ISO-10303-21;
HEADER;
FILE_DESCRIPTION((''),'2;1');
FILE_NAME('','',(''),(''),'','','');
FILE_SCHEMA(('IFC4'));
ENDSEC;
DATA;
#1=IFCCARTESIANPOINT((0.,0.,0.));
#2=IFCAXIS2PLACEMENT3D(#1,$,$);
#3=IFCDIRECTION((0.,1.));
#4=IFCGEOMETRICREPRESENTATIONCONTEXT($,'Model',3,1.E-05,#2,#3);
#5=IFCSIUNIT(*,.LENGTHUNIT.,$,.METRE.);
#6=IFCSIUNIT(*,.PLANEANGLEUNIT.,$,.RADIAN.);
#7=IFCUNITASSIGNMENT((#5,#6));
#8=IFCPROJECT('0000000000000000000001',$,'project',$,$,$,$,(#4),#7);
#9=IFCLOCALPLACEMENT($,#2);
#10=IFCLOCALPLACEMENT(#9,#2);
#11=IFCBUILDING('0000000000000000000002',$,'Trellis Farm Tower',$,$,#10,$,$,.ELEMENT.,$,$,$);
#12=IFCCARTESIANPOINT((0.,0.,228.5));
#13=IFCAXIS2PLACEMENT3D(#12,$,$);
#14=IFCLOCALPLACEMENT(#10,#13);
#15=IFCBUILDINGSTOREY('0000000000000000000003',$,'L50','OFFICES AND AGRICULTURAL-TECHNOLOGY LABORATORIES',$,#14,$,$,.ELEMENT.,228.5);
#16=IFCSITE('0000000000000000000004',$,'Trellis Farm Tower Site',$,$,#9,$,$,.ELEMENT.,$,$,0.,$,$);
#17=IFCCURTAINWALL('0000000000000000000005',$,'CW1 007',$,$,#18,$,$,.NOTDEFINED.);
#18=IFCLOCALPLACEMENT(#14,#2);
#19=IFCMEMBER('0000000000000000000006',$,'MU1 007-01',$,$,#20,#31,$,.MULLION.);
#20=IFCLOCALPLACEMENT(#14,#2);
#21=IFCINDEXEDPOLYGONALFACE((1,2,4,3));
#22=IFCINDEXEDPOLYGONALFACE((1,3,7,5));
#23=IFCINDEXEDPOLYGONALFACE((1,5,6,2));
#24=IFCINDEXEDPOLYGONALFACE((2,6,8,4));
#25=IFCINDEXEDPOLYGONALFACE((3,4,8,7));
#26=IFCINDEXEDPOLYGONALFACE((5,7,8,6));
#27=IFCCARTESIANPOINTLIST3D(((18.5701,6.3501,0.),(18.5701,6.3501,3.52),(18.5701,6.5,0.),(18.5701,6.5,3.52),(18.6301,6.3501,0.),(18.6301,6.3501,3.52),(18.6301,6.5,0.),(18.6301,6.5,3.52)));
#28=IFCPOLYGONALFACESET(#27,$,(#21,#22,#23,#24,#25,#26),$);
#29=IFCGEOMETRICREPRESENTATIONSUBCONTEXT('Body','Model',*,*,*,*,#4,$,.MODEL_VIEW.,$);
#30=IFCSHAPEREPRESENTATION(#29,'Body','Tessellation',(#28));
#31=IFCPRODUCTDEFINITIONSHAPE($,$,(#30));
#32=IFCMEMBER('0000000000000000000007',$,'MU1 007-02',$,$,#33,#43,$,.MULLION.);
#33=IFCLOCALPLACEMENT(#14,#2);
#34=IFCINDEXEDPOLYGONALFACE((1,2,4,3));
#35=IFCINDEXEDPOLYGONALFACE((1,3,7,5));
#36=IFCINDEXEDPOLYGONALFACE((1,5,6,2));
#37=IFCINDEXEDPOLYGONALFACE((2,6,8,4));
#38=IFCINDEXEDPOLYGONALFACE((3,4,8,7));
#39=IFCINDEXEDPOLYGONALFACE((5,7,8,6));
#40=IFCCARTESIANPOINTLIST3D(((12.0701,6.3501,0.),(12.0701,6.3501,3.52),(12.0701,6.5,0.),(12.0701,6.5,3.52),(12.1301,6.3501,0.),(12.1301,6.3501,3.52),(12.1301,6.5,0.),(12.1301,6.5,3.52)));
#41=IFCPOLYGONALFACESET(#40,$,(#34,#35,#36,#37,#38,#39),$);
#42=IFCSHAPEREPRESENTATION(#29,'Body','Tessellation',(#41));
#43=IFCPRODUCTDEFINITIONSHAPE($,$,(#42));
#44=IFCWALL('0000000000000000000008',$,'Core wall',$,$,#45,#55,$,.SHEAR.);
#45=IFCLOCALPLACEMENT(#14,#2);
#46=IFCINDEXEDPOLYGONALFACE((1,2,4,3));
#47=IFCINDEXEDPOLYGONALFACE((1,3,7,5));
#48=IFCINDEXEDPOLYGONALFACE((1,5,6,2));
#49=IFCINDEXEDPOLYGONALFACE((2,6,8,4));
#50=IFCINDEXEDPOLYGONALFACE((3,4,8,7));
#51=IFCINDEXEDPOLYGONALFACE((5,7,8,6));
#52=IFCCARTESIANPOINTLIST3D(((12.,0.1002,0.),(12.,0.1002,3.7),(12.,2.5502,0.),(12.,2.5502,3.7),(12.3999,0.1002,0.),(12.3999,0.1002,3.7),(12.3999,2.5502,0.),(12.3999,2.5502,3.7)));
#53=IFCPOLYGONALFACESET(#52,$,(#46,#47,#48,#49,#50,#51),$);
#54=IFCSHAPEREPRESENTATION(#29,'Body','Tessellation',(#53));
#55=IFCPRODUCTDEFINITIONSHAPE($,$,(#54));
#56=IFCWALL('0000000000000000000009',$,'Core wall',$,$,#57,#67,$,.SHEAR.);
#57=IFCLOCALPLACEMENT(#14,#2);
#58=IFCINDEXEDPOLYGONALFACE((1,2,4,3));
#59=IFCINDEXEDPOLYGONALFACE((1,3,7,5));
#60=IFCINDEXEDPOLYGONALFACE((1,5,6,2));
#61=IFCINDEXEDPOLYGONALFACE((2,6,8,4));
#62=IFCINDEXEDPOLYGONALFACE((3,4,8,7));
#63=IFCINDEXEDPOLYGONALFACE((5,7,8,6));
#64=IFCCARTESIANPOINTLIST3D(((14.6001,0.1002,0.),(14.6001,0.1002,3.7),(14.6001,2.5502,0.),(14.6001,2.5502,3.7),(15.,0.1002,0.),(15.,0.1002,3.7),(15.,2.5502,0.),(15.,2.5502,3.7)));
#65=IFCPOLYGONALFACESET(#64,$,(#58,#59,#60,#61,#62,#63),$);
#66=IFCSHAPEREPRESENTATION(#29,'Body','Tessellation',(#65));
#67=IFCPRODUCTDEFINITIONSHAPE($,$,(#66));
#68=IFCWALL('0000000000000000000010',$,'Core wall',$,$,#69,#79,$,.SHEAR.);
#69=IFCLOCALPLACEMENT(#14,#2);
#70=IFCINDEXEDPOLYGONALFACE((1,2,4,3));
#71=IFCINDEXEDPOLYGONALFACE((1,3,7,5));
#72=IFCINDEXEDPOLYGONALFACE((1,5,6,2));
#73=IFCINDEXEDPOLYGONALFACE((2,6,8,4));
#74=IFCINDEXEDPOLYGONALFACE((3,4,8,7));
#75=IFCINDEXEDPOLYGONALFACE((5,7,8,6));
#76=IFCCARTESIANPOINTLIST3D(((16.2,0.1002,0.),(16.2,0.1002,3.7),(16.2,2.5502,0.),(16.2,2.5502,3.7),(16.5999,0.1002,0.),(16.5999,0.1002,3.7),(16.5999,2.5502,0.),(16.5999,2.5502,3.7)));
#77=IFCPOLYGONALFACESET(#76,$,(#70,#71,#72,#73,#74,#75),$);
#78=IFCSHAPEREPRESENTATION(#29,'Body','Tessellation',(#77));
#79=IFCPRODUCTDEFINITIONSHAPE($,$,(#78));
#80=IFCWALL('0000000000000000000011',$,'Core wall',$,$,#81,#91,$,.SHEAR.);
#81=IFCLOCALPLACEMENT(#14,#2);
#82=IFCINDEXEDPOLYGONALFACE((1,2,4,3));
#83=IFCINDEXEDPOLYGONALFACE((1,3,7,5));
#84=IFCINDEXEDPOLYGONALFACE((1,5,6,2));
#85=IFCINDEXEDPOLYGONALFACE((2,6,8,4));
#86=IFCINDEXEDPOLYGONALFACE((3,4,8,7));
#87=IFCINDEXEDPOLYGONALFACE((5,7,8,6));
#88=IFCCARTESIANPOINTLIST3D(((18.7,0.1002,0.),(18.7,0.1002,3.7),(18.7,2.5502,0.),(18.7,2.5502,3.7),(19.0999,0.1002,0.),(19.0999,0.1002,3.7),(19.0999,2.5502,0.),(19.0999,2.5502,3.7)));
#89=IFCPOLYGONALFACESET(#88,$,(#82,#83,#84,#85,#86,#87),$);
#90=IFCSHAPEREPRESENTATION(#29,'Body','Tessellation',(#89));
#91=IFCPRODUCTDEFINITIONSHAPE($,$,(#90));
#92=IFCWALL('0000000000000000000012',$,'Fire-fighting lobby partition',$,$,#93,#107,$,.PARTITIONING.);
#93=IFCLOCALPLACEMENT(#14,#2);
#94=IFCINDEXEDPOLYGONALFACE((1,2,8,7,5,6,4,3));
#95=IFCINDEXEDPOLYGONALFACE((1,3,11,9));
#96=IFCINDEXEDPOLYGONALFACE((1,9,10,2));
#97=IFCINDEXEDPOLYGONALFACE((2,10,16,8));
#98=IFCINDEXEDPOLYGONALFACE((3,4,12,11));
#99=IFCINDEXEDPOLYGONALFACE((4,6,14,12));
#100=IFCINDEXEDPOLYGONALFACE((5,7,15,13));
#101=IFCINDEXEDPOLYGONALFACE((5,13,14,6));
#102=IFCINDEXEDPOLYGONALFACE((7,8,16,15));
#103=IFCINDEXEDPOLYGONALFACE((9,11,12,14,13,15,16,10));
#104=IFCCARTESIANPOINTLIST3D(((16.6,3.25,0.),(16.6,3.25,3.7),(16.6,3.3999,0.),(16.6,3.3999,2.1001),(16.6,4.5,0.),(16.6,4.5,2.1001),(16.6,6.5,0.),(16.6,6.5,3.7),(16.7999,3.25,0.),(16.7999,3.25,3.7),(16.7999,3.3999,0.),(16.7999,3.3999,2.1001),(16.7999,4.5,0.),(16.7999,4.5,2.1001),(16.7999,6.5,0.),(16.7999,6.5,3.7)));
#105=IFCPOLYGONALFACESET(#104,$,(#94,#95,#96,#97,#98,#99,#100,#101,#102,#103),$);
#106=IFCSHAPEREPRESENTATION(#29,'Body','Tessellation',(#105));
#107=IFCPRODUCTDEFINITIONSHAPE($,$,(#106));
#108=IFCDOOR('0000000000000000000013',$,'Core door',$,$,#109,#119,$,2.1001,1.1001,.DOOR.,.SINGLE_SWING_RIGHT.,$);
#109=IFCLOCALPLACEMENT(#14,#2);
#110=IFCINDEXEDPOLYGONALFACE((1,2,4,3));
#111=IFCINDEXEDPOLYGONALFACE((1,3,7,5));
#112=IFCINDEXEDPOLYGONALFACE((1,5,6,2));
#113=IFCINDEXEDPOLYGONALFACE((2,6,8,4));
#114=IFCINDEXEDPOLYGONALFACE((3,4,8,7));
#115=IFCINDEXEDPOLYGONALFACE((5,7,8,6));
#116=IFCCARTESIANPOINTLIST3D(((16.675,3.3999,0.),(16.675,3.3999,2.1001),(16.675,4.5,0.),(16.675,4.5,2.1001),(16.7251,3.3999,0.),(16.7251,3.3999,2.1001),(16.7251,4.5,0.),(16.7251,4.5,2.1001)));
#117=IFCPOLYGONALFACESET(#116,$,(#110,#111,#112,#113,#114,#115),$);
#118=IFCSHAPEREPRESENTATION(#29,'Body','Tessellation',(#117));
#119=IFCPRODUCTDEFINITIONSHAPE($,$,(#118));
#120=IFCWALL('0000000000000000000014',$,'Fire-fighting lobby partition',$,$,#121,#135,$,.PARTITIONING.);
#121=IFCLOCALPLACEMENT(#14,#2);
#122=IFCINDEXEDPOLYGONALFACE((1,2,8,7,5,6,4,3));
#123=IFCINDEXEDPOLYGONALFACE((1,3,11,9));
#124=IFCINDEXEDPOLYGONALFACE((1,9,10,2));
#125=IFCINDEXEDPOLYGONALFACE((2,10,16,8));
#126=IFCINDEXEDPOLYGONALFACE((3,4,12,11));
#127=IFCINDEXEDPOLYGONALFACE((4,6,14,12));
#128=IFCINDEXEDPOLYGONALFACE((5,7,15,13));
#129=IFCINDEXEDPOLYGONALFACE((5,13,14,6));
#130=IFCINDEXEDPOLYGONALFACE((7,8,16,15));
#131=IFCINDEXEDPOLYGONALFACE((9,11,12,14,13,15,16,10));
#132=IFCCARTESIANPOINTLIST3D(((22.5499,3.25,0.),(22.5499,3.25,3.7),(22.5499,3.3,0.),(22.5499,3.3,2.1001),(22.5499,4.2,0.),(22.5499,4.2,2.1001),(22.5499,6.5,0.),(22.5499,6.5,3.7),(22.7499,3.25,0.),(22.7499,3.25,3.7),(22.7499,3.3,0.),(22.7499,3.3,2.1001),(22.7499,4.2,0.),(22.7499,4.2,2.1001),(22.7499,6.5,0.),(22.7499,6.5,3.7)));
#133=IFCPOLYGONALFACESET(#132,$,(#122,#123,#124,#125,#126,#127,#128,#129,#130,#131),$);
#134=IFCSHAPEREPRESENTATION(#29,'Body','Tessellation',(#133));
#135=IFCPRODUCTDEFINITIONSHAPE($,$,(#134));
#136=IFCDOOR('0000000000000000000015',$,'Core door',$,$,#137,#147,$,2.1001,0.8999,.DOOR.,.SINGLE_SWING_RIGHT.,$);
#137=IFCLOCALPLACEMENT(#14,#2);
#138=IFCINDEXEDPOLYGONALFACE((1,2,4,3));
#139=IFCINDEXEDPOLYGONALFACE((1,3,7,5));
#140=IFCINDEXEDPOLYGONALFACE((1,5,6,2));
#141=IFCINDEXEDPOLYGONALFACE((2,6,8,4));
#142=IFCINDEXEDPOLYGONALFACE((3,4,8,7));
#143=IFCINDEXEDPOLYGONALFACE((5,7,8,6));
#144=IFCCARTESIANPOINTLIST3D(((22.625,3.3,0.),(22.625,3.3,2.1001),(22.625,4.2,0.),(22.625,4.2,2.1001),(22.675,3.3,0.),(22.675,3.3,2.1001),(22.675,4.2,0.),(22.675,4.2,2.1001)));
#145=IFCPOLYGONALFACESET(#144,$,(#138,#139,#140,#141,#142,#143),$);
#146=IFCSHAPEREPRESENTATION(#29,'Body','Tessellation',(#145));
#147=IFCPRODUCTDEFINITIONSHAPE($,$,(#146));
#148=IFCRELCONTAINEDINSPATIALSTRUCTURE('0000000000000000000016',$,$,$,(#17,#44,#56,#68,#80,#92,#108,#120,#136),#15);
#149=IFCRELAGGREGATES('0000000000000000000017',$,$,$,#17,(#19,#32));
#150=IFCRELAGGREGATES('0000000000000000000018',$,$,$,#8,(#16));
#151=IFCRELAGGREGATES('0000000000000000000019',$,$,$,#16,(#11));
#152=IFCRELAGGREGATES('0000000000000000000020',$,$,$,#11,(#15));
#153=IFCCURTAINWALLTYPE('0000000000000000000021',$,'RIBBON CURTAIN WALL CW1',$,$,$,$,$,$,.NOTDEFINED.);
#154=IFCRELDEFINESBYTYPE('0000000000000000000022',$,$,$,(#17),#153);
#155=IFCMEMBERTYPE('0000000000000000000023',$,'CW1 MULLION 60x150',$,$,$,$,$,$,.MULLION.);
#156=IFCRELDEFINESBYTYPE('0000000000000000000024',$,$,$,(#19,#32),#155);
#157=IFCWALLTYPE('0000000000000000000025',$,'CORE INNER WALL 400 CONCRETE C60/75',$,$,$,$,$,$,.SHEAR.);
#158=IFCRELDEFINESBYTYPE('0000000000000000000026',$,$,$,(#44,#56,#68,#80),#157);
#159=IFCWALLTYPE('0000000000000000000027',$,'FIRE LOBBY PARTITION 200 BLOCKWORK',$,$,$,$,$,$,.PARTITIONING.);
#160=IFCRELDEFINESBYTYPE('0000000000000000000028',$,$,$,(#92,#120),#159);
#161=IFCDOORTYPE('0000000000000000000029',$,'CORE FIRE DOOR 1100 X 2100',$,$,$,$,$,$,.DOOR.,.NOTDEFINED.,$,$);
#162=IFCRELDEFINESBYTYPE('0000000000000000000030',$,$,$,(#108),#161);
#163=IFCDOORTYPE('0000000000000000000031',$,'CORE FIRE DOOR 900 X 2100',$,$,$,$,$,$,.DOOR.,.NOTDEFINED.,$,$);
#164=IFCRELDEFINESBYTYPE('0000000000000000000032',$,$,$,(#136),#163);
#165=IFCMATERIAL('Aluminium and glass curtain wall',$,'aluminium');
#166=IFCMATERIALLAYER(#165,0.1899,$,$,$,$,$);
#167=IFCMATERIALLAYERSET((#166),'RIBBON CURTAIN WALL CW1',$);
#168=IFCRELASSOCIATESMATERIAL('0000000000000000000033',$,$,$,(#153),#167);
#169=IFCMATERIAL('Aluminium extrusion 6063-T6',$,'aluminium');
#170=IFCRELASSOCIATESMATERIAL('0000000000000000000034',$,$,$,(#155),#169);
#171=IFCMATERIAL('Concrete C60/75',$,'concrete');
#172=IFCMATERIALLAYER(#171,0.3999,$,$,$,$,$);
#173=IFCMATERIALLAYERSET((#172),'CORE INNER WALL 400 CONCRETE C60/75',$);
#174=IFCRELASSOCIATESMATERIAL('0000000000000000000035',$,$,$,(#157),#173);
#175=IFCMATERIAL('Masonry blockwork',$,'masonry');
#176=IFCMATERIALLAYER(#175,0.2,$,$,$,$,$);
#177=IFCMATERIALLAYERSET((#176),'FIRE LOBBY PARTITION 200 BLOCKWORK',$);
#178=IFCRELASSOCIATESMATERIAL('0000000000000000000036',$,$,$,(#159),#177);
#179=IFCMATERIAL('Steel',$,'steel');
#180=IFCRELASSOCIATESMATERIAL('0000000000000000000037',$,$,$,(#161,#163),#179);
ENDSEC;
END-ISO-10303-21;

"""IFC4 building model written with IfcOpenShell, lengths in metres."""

from ifc_helpers import new_model, si_unit, direction, frame, frame_2d, origin, origin_2d, place, context, subcontext, project, spatial, rectangle, extrude, source, transform, mapped, material, layer, layer_set, material_profile, profile_set, type_object, element, fill, aggregate, save


model = new_model("IFC4")

# Units and contexts
model_context = context("Model", 3, precision=1e-05, world=origin(), true_north=direction((0.0, 1.0)))
body_context = subcontext(model_context, "Body", "Model", "MODEL_VIEW")
ifc_project = project(units=[si_unit("LENGTHUNIT", "METRE"), si_unit("PLANEANGLEUNIT", "RADIAN")], contexts=[model_context])

# Site, building, storey
site_placement = place(None, origin())
site = spatial("IfcSite", under=ifc_project, at=site_placement, Name="Trellis Farm Tower Site", CompositionType="ELEMENT", RefElevation=0.0)
building_placement = place(site_placement, origin())
building = spatial("IfcBuilding", under=site, at=building_placement, Name="Trellis Farm Tower", CompositionType="ELEMENT")
storey_placement = place(building_placement, frame((0.0, 0.0, 228.5)))
storey = spatial("IfcBuildingStorey", under=building, at=storey_placement, Name="L50", Description="OFFICES AND AGRICULTURAL-TECHNOLOGY LABORATORIES", CompositionType="ELEMENT", Elevation=228.5)

# Shared definitions
ifc_material_1 = material(Name="Concrete C60/75", Category="concrete")

# Curtain wall, members
ifc_material_2 = material(Name="Aluminium and glass curtain wall", Category="aluminium")
ifc_layer_1 = layer(ifc_material_2, 0.1899)
ifc_layer_set_1 = layer_set([ifc_layer_1], Name="RIBBON CURTAIN WALL CW1")
curtain_wall_type = type_object("IfcCurtainWallType", Name="RIBBON CURTAIN WALL CW1", PredefinedType="NOTDEFINED", material=ifc_layer_set_1)
placement = place(storey_placement, origin())
ifc_material_3 = material(Name="Aluminium extrusion 6063-T6", Category="aluminium")
ifc_material_profile_1 = material_profile(ifc_material_3, rectangle(XDim=0.0601, YDim=0.1499, at=origin_2d()), Name="MULLION 60x150")
ifc_profile_set_1 = profile_set([ifc_material_profile_1], Name="Aluminium extrusion 6063-T6")
member_type = type_object("IfcMemberType", Name="CW1 MULLION 60x150", PredefinedType="MULLION", material=ifc_profile_set_1)
shared_shape_1 = source(origin(), body_context, "Body", "SweptSolid", [
    extrude(rectangle(XDim=0.0601, YDim=0.1499, at=origin_2d()), origin(), (0.0, 0.0, 1.0), 3.52),
])
curtain_wall_1 = element("IfcCurtainWall", 1, at=placement, inside=storey, type_object=curtain_wall_type, Name="CW1 007", PredefinedType="NOTDEFINED")
member_1_placement = place(storey_placement, frame((18.6001, 6.425, 0.0), z_axis=(0.0, 0.0, 1.0), x_axis=(-1.0, 0.0, 0.0)))
member_1 = element("IfcMember", 2, at=member_1_placement, type_object=member_type, Name="MU1 007-01", PredefinedType="MULLION", context=body_context, shape_type="MappedRepresentation", body=[
    mapped(shared_shape_1, transform((0.0, 0.0, 0.0))),
])
member_2_placement = place(storey_placement, frame((12.1001, 6.425, 0.0), z_axis=(0.0, 0.0, 1.0), x_axis=(-1.0, 0.0, 0.0)))
member_2 = element("IfcMember", 3, at=member_2_placement, type_object=member_type, Name="MU1 007-02", PredefinedType="MULLION", context=body_context, shape_type="MappedRepresentation", body=[
    mapped(shared_shape_1, transform((0.0, 0.0, 0.0))),
])
aggregate(curtain_wall_1, [member_1, member_2])

# Walls
ifc_layer_2 = layer(ifc_material_1, 0.3999)
ifc_layer_set_2 = layer_set([ifc_layer_2], Name="CORE INNER WALL 400 CONCRETE C60/75")
wall_type_1 = type_object("IfcWallType", Name="CORE INNER WALL 400 CONCRETE C60/75", PredefinedType="SHEAR", material=ifc_layer_set_2)
shared_shape_2 = source(origin(), body_context, "Body", "SweptSolid", [
    extrude(rectangle(XDim=2.45, YDim=0.3999, at=frame_2d((1.2251, 0.0))), origin(), (0.0, 0.0, 1.0), 3.7),
])
for number, where, z_axis, x_axis, name in (
    (4, (12.2, 0.1001, 0.0), (0.0, 0.0, 1.0), (0.0, 1.0, 0.0), "Core wall"),
    (5, (14.8, 0.1001, 0.0), (0.0, 0.0, 1.0), (0.0, 1.0, 0.0), "Core wall"),
    (6, (16.3999, 0.1001, 0.0), (0.0, 0.0, 1.0), (0.0, 1.0, 0.0), "Core wall"),
    (7, (18.8999, 0.1001, 0.0), (0.0, 0.0, 1.0), (0.0, 1.0, 0.0), "Core wall"),
):
    element("IfcWall", number, at=place(storey_placement, frame(where, z_axis=z_axis, x_axis=x_axis)), inside=storey, type_object=wall_type_1, Name=name, PredefinedType="SHEAR", context=body_context, shape_type="MappedRepresentation", body=[
        mapped(shared_shape_2, transform((0.0, 0.0, 0.0))),
    ])

# Walls, openings, doors
ifc_material_4 = material(Name="Masonry blockwork", Category="masonry")
ifc_layer_3 = layer(ifc_material_4, 0.2)
ifc_layer_set_3 = layer_set([ifc_layer_3], Name="FIRE LOBBY PARTITION 200 BLOCKWORK")
wall_type_2 = type_object("IfcWallType", Name="FIRE LOBBY PARTITION 200 BLOCKWORK", PredefinedType="PARTITIONING", material=ifc_layer_set_3)
shared_shape_3 = source(origin(), body_context, "Body", "SweptSolid", [
    extrude(rectangle(XDim=3.25, YDim=0.2, at=frame_2d((1.625, 0.0))), origin(), (0.0, 0.0, 1.0), 3.7),
])
wall_1_placement = place(storey_placement, frame((16.7, 3.25, 0.0), z_axis=(0.0, 0.0, 1.0), x_axis=(0.0, 1.0, 0.0)))
wall_1 = element("IfcWall", 8, at=wall_1_placement, inside=storey, type_object=wall_type_2, Name="Fire-fighting lobby partition", PredefinedType="PARTITIONING", context=body_context, shape_type="MappedRepresentation", body=[
    mapped(shared_shape_3, transform((0.0, 0.0, 0.0))),
])
shared_shape_4 = source(origin(), body_context, "Body", "SweptSolid", [
    extrude(rectangle(XDim=1.1001, YDim=2.1001, at=frame_2d((0.55, 1.05))), frame((0.0, 0.1101, 0.0), z_axis=(0.0, -1.0, 0.0), x_axis=(1.0, 0.0, 0.0)), (0.0, 0.0, 1.0), 0.2202),
])
opening_1_placement = place(wall_1_placement, frame((0.1499, 0.0, 0.0)))
opening_1 = element("IfcOpeningElement", 9, at=opening_1_placement, cuts=wall_1, PredefinedType="OPENING", context=body_context, shape_type="MappedRepresentation", body=[
    mapped(shared_shape_4, transform((0.0, 0.0, 0.0))),
])
ifc_material_5 = material(Name="Steel", Category="steel")
door_type_1 = type_object("IfcDoorType", Name="CORE FIRE DOOR 1100 X 2100", OperationType="NOTDEFINED", PredefinedType="DOOR", material=ifc_material_5)
shared_shape_5 = source(origin(), body_context, "Body", "SweptSolid", [
    extrude(rectangle(XDim=1.1001, YDim=2.1001, at=frame_2d((0.55, 1.05))), frame((0.0, 0.0249, 0.0), z_axis=(0.0, -1.0, 0.0), x_axis=(1.0, 0.0, 0.0)), (0.0, 0.0, 1.0), 0.05),
])
door_1_placement = place(opening_1_placement, origin())
door_1 = element("IfcDoor", 10, at=door_1_placement, inside=storey, type_object=door_type_1, Name="Core door", OperationType="SINGLE_SWING_RIGHT", OverallHeight=2.1001, OverallWidth=1.1001, PredefinedType="DOOR", context=body_context, shape_type="MappedRepresentation", body=[
    mapped(shared_shape_5, transform((0.0, 0.0, 0.0))),
])
fill(opening_1, door_1)
wall_2_placement = place(storey_placement, frame((22.6499, 3.25, 0.0), z_axis=(0.0, 0.0, 1.0), x_axis=(0.0, 1.0, 0.0)))
wall_2 = element("IfcWall", 11, at=wall_2_placement, inside=storey, type_object=wall_type_2, Name="Fire-fighting lobby partition", PredefinedType="PARTITIONING", context=body_context, shape_type="MappedRepresentation", body=[
    mapped(shared_shape_3, transform((0.0, 0.0, 0.0))),
])
shared_shape_6 = source(origin(), body_context, "Body", "SweptSolid", [
    extrude(rectangle(XDim=0.8999, YDim=2.1001, at=frame_2d((0.45, 1.05))), frame((0.0, 0.1101, 0.0), z_axis=(0.0, -1.0, 0.0), x_axis=(1.0, 0.0, 0.0)), (0.0, 0.0, 1.0), 0.2202),
])
opening_2_placement = place(wall_2_placement, frame((0.05, 0.0, 0.0)))
opening_2 = element("IfcOpeningElement", 12, at=opening_2_placement, cuts=wall_2, PredefinedType="OPENING", context=body_context, shape_type="MappedRepresentation", body=[
    mapped(shared_shape_6, transform((0.0, 0.0, 0.0))),
])
door_type_2 = type_object("IfcDoorType", Name="CORE FIRE DOOR 900 X 2100", OperationType="NOTDEFINED", PredefinedType="DOOR", material=ifc_material_5)
shared_shape_7 = source(origin(), body_context, "Body", "SweptSolid", [
    extrude(rectangle(XDim=0.8999, YDim=2.1001, at=frame_2d((0.45, 1.05))), frame((0.0, 0.0249, 0.0), z_axis=(0.0, -1.0, 0.0), x_axis=(1.0, 0.0, 0.0)), (0.0, 0.0, 1.0), 0.05),
])
door_2_placement = place(opening_2_placement, origin())
door_2 = element("IfcDoor", 13, at=door_2_placement, inside=storey, type_object=door_type_2, Name="Core door", OperationType="SINGLE_SWING_RIGHT", OverallHeight=2.1001, OverallWidth=0.8999, PredefinedType="DOOR", context=body_context, shape_type="MappedRepresentation", body=[
    mapped(shared_shape_7, transform((0.0, 0.0, 0.0))),
])
fill(opening_2, door_2)

save(model, "model.ifc")
